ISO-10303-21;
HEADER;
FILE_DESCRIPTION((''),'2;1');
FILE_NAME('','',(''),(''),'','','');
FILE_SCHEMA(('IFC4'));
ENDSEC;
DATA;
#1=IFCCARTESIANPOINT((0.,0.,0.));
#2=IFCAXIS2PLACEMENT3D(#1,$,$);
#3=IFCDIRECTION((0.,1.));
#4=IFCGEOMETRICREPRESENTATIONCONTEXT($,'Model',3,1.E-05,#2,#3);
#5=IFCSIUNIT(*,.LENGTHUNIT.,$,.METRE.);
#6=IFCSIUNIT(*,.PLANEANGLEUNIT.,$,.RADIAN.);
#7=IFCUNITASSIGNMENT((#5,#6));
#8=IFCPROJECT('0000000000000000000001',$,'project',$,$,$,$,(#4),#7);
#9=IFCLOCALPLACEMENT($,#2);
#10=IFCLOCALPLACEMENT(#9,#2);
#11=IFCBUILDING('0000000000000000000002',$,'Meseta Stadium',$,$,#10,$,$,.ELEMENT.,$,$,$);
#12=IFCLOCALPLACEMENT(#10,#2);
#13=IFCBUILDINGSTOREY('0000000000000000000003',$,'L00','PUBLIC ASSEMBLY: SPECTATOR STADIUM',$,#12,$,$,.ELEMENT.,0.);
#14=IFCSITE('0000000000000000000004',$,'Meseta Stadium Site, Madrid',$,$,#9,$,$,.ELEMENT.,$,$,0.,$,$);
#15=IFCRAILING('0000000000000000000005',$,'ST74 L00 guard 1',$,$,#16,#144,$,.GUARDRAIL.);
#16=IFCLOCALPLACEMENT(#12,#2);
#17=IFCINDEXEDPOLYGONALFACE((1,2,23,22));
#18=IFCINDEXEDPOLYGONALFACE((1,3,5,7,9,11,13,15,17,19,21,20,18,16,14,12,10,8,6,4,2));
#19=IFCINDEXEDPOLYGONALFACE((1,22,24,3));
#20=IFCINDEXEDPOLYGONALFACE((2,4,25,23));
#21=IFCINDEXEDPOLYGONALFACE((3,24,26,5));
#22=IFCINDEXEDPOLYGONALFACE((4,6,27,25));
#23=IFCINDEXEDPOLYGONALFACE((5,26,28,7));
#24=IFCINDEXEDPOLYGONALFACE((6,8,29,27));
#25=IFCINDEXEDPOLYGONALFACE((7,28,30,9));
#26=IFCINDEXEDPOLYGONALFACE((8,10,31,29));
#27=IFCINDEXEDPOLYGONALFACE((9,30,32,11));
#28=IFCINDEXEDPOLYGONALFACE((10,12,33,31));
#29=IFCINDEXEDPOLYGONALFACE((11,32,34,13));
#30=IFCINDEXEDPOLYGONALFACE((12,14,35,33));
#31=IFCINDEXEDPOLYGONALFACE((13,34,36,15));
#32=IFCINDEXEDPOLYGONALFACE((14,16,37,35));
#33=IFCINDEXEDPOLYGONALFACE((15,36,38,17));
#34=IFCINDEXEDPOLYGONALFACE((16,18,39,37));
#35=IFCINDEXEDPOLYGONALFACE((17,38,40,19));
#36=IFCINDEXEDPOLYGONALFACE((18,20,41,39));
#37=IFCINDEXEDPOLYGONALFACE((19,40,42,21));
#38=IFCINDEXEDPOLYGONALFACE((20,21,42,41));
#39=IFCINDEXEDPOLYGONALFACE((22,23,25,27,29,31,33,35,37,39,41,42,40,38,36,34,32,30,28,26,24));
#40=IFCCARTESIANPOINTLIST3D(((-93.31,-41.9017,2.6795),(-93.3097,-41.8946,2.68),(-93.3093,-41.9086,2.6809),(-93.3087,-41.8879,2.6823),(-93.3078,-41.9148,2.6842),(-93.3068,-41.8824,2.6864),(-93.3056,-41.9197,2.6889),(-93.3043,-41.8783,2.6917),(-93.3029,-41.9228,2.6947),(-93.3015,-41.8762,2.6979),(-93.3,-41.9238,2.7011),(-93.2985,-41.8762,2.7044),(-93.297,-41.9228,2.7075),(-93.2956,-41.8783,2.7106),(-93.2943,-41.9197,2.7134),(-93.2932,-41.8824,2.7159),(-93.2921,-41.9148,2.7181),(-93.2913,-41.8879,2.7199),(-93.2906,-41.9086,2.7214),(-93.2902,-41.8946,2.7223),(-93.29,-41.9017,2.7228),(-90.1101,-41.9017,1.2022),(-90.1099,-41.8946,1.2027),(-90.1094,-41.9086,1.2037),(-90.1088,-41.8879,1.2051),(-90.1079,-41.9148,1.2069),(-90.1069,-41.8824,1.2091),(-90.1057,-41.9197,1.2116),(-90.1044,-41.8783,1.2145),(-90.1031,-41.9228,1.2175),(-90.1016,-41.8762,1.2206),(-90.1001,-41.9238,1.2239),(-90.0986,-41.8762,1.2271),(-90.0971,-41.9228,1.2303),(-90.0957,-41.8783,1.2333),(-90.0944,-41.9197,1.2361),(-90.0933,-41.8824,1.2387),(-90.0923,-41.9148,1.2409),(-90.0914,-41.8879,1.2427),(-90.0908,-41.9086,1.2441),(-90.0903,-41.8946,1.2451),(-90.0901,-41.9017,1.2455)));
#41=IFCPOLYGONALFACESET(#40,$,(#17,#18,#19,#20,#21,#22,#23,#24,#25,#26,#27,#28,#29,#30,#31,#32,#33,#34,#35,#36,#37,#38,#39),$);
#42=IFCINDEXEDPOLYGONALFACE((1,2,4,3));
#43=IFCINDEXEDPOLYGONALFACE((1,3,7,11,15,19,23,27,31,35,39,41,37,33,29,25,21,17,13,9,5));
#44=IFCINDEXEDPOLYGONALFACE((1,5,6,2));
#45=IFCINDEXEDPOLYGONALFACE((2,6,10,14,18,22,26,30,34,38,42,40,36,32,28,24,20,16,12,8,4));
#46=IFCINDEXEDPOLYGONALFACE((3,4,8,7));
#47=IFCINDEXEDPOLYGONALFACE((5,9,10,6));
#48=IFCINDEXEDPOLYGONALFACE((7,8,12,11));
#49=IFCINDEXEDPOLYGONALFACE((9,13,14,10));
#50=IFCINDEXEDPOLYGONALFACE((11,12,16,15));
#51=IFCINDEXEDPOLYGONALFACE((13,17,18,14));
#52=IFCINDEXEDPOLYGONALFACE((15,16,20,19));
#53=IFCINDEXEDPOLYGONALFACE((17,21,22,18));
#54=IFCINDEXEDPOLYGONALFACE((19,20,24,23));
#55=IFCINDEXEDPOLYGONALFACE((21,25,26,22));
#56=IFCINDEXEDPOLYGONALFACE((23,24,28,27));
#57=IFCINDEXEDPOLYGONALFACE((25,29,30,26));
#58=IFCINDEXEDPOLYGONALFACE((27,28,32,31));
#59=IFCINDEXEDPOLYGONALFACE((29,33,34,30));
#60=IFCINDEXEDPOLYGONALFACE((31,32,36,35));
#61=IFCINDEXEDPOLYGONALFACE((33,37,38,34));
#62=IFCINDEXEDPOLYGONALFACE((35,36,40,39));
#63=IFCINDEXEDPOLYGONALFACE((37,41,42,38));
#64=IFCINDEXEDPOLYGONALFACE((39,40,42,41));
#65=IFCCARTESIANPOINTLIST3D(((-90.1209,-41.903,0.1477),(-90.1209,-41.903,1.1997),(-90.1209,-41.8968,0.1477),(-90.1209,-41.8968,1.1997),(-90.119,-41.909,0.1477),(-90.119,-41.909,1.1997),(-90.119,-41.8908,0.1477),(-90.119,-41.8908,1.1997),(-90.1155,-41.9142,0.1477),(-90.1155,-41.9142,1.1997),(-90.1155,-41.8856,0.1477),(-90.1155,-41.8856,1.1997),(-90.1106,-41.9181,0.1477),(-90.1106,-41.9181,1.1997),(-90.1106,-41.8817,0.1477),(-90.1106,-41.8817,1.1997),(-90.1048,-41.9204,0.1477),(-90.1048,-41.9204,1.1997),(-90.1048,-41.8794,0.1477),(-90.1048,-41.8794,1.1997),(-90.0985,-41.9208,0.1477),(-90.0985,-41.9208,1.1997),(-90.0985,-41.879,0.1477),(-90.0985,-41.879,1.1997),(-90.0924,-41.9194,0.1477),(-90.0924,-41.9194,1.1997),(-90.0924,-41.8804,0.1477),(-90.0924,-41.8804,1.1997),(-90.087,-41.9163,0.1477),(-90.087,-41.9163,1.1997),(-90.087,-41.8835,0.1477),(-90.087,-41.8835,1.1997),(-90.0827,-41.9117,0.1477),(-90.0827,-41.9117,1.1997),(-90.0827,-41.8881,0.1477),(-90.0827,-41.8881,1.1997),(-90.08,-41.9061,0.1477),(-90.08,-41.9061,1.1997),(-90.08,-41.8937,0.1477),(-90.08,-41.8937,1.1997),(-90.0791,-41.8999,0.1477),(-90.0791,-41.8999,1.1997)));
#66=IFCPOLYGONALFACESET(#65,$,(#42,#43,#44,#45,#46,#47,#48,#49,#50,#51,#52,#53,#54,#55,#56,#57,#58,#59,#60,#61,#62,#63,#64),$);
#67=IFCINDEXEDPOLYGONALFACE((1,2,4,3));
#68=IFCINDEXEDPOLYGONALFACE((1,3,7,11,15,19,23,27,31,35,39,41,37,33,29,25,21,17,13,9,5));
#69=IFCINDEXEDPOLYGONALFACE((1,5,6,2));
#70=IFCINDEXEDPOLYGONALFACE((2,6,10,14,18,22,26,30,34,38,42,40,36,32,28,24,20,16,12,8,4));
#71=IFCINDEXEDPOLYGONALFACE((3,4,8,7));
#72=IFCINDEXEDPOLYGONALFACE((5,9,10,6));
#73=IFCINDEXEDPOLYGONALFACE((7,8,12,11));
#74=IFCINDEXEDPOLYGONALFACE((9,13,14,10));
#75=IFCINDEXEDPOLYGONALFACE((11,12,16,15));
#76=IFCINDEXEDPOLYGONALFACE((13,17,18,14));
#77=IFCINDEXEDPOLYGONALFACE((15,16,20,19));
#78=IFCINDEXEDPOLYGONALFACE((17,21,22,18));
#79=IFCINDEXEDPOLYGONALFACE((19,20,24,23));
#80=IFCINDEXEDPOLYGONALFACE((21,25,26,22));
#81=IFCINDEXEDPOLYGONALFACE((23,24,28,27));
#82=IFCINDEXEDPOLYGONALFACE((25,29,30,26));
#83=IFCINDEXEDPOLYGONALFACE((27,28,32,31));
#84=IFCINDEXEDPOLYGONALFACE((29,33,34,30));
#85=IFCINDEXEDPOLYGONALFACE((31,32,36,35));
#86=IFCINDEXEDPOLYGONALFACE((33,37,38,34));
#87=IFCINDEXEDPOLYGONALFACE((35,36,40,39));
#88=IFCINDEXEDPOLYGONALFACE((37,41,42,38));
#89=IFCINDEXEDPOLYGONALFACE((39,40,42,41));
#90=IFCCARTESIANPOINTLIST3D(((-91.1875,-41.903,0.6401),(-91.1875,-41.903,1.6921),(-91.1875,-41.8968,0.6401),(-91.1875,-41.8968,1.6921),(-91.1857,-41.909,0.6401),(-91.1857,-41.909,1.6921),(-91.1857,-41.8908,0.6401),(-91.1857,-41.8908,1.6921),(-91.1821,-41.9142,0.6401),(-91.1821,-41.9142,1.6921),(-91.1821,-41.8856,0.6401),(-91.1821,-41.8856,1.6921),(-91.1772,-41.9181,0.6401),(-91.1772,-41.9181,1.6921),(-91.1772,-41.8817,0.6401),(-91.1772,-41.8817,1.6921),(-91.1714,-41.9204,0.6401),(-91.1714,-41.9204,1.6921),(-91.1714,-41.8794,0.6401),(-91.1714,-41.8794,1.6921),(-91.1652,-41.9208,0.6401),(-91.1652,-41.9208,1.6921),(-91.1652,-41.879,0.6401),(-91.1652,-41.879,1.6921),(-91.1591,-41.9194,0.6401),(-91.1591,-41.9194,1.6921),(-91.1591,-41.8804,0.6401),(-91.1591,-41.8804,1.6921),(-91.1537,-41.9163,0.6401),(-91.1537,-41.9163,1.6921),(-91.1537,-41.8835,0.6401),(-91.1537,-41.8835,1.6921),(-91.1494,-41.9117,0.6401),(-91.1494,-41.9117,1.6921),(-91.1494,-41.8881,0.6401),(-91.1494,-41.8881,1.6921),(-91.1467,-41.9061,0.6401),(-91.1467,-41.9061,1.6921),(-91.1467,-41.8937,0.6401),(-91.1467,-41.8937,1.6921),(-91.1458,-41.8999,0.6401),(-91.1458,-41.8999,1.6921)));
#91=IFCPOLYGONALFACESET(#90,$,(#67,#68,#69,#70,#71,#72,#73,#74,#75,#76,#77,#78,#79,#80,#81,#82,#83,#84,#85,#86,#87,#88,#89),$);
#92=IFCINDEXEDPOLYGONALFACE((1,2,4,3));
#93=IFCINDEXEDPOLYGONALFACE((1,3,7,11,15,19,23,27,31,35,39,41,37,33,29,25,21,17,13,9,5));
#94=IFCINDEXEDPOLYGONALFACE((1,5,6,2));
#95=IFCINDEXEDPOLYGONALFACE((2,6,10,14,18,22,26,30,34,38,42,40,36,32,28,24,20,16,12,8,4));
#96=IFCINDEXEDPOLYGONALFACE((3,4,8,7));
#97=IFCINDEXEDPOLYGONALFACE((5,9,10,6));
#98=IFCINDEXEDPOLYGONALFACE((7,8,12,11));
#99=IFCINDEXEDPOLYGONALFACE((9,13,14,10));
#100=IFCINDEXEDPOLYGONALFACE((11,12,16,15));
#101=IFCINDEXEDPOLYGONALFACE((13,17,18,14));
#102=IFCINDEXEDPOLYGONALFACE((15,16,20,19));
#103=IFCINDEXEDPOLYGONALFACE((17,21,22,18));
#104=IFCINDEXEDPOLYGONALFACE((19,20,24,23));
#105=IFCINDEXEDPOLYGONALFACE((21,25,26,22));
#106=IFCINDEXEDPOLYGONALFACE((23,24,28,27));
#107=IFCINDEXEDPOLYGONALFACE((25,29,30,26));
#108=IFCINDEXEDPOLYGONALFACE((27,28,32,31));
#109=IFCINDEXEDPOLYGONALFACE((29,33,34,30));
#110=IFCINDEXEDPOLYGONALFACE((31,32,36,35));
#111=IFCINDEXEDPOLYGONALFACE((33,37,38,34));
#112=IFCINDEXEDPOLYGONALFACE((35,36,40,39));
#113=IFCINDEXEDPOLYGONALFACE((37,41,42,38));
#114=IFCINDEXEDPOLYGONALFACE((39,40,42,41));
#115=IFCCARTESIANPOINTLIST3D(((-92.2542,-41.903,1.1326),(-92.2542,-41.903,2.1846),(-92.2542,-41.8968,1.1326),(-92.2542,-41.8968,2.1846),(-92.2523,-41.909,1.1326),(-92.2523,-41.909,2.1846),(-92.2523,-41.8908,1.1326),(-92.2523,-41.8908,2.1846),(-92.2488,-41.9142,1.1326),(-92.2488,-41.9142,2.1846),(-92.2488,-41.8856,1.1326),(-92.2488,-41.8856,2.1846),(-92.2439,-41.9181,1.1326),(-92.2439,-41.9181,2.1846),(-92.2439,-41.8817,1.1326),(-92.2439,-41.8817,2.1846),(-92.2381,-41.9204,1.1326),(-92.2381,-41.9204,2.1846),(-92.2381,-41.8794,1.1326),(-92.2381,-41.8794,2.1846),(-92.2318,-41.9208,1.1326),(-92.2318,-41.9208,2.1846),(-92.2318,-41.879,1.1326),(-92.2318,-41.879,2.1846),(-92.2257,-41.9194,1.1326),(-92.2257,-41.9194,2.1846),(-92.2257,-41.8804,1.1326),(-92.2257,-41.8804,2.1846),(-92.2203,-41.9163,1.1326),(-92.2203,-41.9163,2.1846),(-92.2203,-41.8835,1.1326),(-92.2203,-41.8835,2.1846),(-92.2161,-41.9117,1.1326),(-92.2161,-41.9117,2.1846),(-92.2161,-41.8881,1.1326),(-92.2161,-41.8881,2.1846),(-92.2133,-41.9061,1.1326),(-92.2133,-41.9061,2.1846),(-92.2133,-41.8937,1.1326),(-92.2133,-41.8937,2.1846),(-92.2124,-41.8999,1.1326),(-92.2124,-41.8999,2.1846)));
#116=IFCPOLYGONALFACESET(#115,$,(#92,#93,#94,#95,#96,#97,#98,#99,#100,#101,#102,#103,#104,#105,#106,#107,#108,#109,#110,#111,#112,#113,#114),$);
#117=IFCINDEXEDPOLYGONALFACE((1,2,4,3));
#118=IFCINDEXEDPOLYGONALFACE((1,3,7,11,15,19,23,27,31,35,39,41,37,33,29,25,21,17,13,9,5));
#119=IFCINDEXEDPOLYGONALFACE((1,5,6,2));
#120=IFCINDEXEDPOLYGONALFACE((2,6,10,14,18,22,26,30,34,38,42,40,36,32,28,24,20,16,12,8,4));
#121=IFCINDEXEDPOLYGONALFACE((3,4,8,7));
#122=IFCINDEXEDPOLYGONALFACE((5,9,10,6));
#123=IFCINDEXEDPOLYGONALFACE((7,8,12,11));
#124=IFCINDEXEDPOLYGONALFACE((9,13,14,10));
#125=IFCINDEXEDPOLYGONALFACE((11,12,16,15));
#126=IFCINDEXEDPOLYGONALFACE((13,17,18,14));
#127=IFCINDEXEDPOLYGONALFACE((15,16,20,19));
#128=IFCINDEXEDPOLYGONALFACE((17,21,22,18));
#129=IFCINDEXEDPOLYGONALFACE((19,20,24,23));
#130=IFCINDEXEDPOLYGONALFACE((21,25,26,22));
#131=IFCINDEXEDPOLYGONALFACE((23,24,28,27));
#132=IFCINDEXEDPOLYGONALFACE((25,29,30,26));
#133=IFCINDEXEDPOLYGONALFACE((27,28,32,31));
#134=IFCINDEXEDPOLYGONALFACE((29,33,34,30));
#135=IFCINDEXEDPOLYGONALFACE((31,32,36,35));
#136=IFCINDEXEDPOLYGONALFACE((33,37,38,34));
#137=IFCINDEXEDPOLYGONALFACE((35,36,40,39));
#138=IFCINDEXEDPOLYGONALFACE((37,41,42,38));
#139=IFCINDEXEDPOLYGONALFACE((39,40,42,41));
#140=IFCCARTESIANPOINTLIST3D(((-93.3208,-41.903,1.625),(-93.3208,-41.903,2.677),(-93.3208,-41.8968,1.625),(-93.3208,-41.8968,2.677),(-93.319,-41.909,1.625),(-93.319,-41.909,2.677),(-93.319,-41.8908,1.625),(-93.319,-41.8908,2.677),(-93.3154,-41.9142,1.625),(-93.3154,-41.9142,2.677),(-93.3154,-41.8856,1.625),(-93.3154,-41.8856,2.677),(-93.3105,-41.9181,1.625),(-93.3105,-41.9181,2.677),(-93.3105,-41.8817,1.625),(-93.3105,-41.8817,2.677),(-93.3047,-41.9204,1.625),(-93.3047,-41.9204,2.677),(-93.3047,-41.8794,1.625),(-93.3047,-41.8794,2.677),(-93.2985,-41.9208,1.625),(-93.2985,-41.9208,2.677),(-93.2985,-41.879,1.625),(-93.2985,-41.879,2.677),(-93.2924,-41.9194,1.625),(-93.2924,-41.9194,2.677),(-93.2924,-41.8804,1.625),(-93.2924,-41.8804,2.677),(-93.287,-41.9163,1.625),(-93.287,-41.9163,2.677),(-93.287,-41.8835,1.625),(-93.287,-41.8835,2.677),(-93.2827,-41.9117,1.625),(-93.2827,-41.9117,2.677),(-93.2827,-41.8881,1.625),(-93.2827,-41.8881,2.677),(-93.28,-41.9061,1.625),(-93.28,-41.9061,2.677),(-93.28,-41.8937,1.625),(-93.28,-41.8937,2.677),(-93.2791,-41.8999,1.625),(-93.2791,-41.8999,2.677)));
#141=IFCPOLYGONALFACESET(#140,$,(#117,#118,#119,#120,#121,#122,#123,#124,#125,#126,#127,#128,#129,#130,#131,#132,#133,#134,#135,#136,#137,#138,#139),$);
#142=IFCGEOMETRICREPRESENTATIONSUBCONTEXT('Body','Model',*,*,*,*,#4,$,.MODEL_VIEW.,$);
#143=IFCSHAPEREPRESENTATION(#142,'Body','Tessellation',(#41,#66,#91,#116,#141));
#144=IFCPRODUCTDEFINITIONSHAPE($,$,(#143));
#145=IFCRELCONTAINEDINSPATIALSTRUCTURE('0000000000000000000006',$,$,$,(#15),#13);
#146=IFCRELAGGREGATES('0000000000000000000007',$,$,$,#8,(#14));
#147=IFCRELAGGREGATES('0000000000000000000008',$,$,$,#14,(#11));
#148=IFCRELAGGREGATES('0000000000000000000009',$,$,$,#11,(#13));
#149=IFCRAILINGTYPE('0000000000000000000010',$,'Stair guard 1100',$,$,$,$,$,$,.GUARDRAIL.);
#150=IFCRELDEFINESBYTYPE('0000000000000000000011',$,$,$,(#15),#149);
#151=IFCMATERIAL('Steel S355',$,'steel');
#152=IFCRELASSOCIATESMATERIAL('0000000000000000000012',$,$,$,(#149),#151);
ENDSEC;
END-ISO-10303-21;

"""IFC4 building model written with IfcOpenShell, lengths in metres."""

from ifc_helpers import new_model, si_unit, direction, frame, origin, origin_2d, place, context, subcontext, project, spatial, circle, extrude, material, type_object, element, save


model = new_model("IFC4")

# Units and contexts
model_context = context("Model", 3, precision=1e-05, world=origin(), true_north=direction((0.0, 1.0)))
body_context = subcontext(model_context, "Body", "Model", "MODEL_VIEW")
ifc_project = project(units=[si_unit("LENGTHUNIT", "METRE"), si_unit("PLANEANGLEUNIT", "RADIAN")], contexts=[model_context])

# Site, building, storey
site_placement = place(None, origin())
site = spatial("IfcSite", under=ifc_project, at=site_placement, Name="Meseta Stadium Site, Madrid", CompositionType="ELEMENT", RefElevation=0.0)
building_placement = place(site_placement, origin())
building = spatial("IfcBuilding", under=site, at=building_placement, Name="Meseta Stadium", CompositionType="ELEMENT")
storey_placement = place(building_placement, origin())
storey = spatial("IfcBuildingStorey", under=building, at=storey_placement, Name="L00", Description="PUBLIC ASSEMBLY: SPECTATOR STADIUM", CompositionType="ELEMENT", Elevation=0.0)

# Railing
ifc_material_1 = material(Name="Steel S355", Category="steel")
railing_type_1 = type_object("IfcRailingType", Name="Stair guard 1100", PredefinedType="GUARDRAIL", material=ifc_material_1)
railing_1_placement = place(storey_placement, frame((-90.1001, -41.8999, 0.1477)))
element("IfcRailing", 1, at=railing_1_placement, inside=storey, type_object=railing_type_1, Name="ST74 L00 guard 1", PredefinedType="GUARDRAIL", context=body_context, shape_type="SweptSolid", body=[
    extrude(circle(Radius=0.0239, at=origin_2d()), frame((0.0, 0.0, 1.0762), z_axis=(-0.907917, 0.0, 0.41915), x_axis=(0.0, -1.0, 0.0)), (0.0, 0.0, 1.0), 3.5244),
    extrude(circle(Radius=0.021, at=origin_2d()), origin(), (0.0, 0.0, 1.0), 1.052),
    extrude(circle(Radius=0.021, at=origin_2d()), frame((-1.0667, 0.0, 0.4924)), (0.0, 0.0, 1.0), 1.052),
    extrude(circle(Radius=0.021, at=origin_2d()), frame((-2.1333, 0.0, 0.9849)), (0.0, 0.0, 1.0), 1.052),
    extrude(circle(Radius=0.021, at=origin_2d()), frame((-3.2, 0.0, 1.4773)), (0.0, 0.0, 1.0), 1.052),
])

save(model, "model.ifc")
